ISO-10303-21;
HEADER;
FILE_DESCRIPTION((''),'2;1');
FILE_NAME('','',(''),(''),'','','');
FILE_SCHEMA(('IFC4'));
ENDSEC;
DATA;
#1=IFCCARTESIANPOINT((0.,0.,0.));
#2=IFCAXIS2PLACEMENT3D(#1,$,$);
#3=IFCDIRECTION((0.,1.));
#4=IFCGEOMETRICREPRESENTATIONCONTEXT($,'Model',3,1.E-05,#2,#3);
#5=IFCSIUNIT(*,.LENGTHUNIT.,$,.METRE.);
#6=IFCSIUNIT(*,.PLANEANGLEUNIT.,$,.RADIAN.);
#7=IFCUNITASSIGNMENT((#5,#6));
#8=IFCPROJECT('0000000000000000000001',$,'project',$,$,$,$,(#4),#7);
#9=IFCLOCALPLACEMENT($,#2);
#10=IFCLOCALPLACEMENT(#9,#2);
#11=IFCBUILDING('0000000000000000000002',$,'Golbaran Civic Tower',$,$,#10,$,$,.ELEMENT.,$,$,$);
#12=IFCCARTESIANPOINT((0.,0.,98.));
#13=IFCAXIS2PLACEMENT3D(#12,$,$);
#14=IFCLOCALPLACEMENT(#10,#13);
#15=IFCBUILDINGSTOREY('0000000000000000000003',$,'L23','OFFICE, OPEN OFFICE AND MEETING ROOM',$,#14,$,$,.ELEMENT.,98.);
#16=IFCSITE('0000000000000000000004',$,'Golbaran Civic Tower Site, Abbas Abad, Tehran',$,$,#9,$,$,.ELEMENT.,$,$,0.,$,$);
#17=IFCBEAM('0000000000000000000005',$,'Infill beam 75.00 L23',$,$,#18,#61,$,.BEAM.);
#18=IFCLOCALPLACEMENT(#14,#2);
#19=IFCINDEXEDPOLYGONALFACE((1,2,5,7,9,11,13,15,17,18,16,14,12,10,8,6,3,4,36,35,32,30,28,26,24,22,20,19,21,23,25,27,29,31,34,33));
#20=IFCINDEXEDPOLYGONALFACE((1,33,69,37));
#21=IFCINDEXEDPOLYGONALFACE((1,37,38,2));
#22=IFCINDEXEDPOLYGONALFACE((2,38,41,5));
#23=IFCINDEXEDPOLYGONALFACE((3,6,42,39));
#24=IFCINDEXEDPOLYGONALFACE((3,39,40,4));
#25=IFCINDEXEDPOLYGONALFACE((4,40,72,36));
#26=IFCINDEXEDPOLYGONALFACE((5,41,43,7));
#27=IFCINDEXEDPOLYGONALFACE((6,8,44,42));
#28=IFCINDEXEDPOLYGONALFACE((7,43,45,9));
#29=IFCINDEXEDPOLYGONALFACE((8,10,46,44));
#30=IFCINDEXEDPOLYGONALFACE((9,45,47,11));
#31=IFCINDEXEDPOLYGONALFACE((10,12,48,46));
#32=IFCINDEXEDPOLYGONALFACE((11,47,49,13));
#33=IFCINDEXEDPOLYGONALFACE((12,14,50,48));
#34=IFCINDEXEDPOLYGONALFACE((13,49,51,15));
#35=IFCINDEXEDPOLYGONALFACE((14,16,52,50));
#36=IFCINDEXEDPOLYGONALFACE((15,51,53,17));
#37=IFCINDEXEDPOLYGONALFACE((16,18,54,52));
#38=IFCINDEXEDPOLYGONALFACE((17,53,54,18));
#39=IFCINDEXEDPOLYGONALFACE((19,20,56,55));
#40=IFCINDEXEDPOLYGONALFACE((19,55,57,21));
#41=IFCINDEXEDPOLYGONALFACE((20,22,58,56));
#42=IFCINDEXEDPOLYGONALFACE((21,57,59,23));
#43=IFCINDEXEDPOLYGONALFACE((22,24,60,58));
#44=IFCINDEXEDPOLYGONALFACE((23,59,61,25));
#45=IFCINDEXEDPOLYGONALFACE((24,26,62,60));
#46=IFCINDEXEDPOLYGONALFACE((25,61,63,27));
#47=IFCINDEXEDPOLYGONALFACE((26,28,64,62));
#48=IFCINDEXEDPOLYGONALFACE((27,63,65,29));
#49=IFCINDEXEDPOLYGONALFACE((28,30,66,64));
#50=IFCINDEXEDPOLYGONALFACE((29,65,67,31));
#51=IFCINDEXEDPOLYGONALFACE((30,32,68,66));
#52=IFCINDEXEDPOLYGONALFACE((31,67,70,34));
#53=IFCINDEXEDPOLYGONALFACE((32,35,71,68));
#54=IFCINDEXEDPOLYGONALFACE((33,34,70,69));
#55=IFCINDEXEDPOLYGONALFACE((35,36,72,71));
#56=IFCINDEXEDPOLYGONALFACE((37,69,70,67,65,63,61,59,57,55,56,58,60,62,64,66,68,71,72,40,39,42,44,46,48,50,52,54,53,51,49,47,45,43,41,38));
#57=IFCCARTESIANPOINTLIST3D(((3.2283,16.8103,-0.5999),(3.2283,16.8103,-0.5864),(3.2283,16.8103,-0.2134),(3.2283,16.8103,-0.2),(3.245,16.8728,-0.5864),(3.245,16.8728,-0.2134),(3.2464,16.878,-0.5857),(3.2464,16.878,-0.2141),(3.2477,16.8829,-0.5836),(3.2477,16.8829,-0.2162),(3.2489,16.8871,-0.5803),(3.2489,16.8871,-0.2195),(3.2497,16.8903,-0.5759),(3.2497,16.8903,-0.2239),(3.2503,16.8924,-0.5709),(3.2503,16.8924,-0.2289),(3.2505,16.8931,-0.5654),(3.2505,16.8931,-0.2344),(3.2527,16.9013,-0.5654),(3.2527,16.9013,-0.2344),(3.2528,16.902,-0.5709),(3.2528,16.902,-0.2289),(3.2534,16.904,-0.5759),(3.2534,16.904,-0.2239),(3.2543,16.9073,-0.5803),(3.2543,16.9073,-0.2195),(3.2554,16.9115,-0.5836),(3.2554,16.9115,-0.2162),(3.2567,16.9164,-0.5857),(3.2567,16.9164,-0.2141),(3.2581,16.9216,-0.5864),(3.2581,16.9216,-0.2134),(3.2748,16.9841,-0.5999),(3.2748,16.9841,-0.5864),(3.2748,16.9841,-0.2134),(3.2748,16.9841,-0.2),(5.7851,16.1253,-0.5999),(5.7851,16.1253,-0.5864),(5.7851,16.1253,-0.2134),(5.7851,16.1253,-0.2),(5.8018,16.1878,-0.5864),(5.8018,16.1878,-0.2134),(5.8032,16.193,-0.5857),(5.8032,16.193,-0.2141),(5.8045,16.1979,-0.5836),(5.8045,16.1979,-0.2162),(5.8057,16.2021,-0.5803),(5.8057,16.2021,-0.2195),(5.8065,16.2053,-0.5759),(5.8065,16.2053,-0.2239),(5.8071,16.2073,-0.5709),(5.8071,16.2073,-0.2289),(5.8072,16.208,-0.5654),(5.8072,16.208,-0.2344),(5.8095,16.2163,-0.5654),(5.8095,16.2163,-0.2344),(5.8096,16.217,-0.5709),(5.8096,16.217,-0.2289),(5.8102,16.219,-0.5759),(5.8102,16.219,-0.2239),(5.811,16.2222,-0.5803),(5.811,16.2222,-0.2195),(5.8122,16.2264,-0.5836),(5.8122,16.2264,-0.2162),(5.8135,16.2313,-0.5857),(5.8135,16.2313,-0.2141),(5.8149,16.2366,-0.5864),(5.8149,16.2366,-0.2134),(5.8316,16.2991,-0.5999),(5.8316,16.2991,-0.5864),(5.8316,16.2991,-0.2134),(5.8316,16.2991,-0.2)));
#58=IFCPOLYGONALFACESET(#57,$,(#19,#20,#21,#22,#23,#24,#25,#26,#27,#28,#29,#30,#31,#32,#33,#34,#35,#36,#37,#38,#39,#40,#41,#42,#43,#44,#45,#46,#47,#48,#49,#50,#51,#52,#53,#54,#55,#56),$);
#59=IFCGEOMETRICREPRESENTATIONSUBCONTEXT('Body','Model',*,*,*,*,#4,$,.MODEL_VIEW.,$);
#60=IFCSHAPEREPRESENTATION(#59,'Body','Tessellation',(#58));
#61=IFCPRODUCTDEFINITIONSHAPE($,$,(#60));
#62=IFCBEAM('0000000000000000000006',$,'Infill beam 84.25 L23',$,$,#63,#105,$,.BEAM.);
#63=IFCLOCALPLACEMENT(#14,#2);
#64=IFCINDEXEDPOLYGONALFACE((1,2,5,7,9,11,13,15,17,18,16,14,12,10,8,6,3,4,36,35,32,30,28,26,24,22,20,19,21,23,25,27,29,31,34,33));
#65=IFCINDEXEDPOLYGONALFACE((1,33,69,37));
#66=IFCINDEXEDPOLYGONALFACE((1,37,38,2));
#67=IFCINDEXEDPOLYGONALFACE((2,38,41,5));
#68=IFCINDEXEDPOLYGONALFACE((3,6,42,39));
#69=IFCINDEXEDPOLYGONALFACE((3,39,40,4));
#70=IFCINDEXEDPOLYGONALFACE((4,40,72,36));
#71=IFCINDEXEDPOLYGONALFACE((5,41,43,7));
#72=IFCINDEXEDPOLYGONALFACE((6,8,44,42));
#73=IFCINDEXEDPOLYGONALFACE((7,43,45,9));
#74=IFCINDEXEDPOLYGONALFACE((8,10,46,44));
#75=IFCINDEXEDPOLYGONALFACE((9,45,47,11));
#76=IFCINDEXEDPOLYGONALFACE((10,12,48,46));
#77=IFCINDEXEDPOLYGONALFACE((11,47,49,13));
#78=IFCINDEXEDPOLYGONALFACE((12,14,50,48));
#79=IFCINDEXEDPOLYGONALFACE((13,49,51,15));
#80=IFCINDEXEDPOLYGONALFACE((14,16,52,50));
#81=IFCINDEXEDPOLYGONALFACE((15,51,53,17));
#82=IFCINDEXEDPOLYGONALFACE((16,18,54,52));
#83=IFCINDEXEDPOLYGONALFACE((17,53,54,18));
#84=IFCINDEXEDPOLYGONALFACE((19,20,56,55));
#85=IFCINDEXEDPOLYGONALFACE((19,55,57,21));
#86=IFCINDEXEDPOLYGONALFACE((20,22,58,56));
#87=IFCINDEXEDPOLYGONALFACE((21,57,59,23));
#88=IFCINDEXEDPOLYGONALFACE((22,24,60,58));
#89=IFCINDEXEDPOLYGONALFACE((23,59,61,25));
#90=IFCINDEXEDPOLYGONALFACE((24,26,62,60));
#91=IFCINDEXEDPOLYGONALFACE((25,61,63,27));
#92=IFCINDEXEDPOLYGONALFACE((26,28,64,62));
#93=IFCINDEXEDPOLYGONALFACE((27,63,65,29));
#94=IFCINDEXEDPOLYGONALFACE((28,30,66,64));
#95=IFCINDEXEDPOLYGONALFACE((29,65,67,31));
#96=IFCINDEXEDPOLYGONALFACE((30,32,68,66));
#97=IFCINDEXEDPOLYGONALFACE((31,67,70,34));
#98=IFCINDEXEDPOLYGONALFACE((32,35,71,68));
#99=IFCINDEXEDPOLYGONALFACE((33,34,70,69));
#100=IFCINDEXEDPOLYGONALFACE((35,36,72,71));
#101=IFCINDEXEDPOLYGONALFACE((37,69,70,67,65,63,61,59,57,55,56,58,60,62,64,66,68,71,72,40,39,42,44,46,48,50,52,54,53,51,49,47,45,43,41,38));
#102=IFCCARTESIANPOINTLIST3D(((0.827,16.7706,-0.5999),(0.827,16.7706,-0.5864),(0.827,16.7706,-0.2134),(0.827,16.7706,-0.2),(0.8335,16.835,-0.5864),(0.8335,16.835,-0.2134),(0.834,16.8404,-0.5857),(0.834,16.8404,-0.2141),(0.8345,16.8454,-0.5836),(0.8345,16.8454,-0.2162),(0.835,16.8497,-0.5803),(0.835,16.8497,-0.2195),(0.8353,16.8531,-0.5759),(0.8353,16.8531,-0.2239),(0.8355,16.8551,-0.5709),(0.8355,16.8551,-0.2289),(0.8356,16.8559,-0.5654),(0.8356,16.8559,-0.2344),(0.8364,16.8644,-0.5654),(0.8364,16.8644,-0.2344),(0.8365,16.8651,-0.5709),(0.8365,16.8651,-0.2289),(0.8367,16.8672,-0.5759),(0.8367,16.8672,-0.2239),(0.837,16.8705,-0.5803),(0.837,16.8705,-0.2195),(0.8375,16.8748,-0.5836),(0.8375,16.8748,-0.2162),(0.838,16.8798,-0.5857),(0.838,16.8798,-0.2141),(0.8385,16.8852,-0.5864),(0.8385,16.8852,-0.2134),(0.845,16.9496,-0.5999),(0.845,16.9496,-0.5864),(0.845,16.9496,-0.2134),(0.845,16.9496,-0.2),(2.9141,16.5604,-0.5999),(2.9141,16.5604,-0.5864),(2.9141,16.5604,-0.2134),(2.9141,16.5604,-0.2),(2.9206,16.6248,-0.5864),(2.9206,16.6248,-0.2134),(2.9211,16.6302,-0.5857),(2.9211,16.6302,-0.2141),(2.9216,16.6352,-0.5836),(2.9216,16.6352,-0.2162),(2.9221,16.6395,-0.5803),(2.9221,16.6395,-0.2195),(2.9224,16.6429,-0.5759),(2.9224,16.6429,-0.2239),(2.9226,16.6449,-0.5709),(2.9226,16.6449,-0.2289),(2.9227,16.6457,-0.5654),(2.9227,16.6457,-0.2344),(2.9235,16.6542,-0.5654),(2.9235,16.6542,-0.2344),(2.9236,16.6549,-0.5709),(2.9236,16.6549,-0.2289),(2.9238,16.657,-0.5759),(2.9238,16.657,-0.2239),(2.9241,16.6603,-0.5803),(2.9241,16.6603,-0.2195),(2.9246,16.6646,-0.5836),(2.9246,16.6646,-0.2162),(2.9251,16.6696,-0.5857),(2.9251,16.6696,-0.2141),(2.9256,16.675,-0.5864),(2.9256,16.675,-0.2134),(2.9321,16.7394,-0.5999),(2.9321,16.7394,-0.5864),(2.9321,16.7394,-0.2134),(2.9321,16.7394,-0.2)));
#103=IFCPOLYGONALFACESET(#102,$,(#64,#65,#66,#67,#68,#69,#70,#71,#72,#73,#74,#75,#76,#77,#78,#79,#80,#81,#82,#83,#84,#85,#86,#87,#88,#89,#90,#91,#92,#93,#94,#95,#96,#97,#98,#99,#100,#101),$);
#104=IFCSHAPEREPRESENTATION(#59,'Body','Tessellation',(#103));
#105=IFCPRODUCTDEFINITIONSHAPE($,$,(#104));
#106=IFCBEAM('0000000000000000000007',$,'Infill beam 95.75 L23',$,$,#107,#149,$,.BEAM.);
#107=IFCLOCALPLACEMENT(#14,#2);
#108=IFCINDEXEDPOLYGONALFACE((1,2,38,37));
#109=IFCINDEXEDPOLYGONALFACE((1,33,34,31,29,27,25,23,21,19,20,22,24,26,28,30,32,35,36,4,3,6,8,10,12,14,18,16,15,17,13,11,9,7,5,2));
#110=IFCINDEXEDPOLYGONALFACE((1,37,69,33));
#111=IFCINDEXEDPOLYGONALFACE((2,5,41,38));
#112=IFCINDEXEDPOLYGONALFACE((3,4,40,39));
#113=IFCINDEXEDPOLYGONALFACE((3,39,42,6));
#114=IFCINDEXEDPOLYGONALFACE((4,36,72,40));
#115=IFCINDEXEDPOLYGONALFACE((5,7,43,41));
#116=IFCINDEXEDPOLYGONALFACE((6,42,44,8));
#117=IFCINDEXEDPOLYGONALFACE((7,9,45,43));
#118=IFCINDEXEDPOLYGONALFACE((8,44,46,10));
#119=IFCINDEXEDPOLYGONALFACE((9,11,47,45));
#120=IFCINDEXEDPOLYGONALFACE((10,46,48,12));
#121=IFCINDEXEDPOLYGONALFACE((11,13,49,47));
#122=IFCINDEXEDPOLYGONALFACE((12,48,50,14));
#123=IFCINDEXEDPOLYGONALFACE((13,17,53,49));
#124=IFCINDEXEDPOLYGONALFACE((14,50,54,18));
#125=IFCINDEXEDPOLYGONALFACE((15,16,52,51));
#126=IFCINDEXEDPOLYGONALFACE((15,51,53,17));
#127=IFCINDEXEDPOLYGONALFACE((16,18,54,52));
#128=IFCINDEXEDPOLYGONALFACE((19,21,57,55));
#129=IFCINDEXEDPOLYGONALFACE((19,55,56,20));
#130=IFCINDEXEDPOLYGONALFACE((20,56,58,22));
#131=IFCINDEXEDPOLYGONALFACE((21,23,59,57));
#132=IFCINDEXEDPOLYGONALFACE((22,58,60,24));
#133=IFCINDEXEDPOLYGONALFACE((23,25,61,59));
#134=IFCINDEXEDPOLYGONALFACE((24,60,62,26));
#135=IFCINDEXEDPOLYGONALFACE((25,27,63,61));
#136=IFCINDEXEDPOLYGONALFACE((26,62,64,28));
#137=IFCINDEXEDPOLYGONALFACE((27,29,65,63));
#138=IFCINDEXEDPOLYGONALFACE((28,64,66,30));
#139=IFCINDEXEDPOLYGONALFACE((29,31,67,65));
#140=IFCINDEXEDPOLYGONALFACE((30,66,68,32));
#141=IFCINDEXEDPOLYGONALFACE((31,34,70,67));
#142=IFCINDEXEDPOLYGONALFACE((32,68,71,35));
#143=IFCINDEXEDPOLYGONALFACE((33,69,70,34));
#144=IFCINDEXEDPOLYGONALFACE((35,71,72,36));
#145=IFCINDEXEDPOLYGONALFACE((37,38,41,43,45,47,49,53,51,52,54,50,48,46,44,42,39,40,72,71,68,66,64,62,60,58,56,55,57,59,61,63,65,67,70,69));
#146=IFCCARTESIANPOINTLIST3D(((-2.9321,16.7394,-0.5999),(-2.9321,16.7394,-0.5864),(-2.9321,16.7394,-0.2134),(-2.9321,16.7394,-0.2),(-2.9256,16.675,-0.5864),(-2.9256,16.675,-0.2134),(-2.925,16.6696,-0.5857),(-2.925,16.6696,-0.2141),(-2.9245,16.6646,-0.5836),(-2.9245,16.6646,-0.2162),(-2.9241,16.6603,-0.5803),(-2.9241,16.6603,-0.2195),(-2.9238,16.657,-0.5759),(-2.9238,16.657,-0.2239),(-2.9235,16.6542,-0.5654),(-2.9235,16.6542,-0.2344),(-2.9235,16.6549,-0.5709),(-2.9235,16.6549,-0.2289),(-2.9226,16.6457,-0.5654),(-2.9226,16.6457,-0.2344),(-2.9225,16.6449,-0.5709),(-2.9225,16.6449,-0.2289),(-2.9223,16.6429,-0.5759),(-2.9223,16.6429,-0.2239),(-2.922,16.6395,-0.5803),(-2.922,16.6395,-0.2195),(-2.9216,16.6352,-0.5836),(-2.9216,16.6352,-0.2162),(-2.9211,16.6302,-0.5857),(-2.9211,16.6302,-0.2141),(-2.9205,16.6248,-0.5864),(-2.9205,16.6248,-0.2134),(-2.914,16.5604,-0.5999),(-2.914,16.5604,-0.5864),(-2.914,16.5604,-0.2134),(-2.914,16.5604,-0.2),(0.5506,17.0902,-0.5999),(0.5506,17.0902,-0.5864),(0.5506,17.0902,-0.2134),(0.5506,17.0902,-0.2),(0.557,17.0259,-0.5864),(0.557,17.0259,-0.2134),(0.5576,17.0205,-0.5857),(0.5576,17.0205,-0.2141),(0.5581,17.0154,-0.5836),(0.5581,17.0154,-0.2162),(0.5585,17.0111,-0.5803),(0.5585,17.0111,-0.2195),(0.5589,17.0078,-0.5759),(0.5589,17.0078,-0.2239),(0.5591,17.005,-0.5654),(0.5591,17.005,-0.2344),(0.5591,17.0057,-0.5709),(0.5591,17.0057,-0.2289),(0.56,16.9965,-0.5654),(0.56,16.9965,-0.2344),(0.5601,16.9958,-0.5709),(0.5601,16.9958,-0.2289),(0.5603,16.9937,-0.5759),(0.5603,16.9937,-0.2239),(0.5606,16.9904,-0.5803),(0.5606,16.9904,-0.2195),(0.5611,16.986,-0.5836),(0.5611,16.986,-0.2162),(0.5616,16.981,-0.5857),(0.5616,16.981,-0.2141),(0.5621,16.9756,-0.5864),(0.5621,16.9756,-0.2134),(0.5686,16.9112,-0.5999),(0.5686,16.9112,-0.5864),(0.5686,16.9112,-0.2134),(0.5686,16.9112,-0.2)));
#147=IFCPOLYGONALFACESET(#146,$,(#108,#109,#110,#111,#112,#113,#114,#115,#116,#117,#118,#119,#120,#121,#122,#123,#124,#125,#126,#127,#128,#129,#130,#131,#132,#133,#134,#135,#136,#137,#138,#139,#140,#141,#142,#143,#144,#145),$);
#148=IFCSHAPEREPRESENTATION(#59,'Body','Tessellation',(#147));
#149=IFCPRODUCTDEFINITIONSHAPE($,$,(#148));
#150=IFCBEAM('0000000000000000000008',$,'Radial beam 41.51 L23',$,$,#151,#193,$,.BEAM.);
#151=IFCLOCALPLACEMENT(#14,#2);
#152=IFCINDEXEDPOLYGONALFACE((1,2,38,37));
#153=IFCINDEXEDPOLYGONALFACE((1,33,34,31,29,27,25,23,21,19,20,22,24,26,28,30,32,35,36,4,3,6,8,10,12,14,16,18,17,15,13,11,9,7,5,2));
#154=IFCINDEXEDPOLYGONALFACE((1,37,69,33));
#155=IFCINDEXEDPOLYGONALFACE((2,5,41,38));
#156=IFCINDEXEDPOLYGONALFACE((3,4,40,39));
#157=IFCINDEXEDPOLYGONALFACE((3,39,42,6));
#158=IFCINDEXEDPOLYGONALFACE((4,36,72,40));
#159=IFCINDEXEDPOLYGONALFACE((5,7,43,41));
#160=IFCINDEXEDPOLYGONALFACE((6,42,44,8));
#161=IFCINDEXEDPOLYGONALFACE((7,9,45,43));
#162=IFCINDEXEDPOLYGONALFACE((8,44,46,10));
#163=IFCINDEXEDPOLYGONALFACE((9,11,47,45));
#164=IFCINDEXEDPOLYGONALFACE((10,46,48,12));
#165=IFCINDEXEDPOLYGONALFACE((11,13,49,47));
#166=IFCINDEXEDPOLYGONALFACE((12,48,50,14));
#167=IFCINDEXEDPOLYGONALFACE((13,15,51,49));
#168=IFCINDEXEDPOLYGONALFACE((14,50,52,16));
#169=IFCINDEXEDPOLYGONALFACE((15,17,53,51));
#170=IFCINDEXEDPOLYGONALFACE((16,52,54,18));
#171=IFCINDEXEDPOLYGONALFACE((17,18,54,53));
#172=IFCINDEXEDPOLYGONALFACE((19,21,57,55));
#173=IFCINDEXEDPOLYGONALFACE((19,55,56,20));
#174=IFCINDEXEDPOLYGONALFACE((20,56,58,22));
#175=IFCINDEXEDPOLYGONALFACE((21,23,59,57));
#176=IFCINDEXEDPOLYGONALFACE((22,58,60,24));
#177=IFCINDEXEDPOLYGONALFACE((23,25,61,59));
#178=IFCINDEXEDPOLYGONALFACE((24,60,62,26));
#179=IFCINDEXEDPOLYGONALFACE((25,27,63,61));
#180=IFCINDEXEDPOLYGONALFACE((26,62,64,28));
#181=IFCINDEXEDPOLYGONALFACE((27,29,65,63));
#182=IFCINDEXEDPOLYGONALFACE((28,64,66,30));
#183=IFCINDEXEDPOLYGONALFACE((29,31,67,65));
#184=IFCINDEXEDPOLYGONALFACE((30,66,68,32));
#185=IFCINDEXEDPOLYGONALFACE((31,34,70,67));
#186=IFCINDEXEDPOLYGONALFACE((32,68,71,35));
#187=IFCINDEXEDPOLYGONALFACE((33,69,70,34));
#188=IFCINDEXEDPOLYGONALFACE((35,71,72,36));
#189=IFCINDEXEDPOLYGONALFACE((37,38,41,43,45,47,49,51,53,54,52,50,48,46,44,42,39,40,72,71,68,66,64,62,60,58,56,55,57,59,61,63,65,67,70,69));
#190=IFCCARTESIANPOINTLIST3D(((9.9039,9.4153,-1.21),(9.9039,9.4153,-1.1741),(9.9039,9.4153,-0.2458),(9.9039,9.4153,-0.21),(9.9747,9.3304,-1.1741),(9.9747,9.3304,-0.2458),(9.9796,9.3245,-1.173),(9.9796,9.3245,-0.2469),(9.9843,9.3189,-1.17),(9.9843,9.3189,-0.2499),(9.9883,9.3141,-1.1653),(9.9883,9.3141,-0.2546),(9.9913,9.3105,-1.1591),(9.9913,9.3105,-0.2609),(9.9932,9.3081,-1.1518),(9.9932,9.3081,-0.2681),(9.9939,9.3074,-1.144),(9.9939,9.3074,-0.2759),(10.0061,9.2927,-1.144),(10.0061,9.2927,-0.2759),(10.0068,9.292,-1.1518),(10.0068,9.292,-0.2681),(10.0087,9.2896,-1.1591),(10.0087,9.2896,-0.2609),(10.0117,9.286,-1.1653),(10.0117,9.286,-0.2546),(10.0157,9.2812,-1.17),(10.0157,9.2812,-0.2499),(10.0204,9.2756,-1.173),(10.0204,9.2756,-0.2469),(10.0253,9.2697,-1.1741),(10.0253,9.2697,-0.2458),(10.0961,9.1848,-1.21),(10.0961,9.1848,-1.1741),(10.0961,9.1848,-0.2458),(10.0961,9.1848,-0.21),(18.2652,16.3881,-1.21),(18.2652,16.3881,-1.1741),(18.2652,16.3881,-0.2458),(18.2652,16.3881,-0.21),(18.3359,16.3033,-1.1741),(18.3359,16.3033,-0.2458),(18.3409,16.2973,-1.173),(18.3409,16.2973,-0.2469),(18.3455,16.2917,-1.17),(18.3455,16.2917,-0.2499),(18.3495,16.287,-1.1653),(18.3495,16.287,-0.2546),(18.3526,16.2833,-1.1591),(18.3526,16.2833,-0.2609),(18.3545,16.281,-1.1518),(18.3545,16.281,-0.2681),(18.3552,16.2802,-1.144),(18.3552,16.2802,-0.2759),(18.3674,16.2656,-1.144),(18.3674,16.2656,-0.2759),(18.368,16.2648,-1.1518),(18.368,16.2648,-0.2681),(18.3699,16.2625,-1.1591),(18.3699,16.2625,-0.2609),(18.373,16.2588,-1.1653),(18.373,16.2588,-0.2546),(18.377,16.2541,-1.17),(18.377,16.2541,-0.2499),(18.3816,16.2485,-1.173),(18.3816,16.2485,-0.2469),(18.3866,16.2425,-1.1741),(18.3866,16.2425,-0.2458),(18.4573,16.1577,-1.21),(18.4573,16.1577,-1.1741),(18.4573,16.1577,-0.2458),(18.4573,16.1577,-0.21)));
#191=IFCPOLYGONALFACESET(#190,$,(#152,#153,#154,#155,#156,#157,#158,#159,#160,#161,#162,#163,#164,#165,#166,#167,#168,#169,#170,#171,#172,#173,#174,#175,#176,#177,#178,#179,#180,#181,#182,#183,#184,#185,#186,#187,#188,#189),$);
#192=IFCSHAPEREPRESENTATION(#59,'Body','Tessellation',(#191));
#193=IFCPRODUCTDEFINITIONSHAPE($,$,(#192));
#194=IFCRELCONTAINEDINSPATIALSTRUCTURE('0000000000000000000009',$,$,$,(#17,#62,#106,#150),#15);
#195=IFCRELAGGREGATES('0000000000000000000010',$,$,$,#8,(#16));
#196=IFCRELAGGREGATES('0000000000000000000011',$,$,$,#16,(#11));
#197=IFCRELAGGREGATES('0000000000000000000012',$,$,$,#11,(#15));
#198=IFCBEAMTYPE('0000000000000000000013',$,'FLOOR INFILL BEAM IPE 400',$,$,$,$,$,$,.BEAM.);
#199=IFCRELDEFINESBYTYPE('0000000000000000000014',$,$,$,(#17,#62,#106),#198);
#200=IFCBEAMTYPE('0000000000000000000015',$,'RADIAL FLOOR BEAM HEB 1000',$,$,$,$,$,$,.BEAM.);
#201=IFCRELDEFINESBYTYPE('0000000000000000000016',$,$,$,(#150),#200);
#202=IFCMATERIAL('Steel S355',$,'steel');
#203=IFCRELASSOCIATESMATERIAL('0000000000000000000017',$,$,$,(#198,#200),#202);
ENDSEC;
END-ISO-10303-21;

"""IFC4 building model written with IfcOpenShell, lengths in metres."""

from ifc_helpers import new_model, si_unit, direction, frame, origin, origin_2d, place, context, subcontext, project, spatial, i_section, extrude, material, material_profile, profile_set, type_object, element, save


model = new_model("IFC4")

# Units and contexts
model_context = context("Model", 3, precision=1e-05, world=origin(), true_north=direction((0.0, 1.0)))
body_context = subcontext(model_context, "Body", "Model", "MODEL_VIEW")
ifc_project = project(units=[si_unit("LENGTHUNIT", "METRE"), si_unit("PLANEANGLEUNIT", "RADIAN")], contexts=[model_context])

# Site, building, storey
site_placement = place(None, origin())
site = spatial("IfcSite", under=ifc_project, at=site_placement, Name="Golbaran Civic Tower Site, Abbas Abad, Tehran", CompositionType="ELEMENT", RefElevation=0.0)
building_placement = place(site_placement, origin())
building = spatial("IfcBuilding", under=site, at=building_placement, Name="Golbaran Civic Tower", CompositionType="ELEMENT")
storey_placement = place(building_placement, frame((0.0, 0.0, 98.0)))
storey = spatial("IfcBuildingStorey", under=building, at=storey_placement, Name="L23", Description="OFFICE, OPEN OFFICE AND MEETING ROOM", CompositionType="ELEMENT", Elevation=98.0)

# Beams
ifc_material_1 = material(Name="Steel S355", Category="steel")
ifc_material_profile_1 = material_profile(ifc_material_1, i_section(OverallWidth=0.1799, OverallDepth=0.3999, WebThickness=0.0085, FlangeThickness=0.0134, FilletRadius=0.021, at=origin_2d()), Name="IPE 400")
ifc_profile_set_1 = profile_set([ifc_material_profile_1], Name="Steel S355")
beam_type_1 = type_object("IfcBeamType", Name="FLOOR INFILL BEAM IPE 400", PredefinedType="BEAM", material=ifc_profile_set_1)
beam_1_placement = place(storey_placement, frame((5.8083, 16.2122, -0.3999), z_axis=(-0.965931, 0.258799, 0.0), x_axis=(-0.258799, -0.965931, 0.0)))
element("IfcBeam", 1, at=beam_1_placement, inside=storey, type_object=beam_type_1, Name="Infill beam 75.00 L23", PredefinedType="BEAM", context=body_context, shape_type="SweptSolid", body=[
    extrude(i_section(OverallWidth=0.1799, OverallDepth=0.3999, WebThickness=0.0085, FlangeThickness=0.0134, FilletRadius=0.021, at=origin_2d()), origin(), (0.0, 0.0, 1.0), 2.647),
])
beam_2_placement = place(storey_placement, frame((2.9231, 16.6499, -0.3999), z_axis=(-0.994967, 0.100207, 0.0), x_axis=(-0.100207, -0.994967, 0.0)))
element("IfcBeam", 2, at=beam_2_placement, inside=storey, type_object=beam_type_1, Name="Infill beam 84.25 L23", PredefinedType="BEAM", context=body_context, shape_type="SweptSolid", body=[
    extrude(i_section(OverallWidth=0.1799, OverallDepth=0.3999, WebThickness=0.0085, FlangeThickness=0.0134, FilletRadius=0.021, at=origin_2d()), origin(), (0.0, 0.0, 1.0), 2.0977),
])
beam_3_placement = place(storey_placement, frame((0.5596, 17.0007, -0.3999), z_axis=(-0.994964, -0.100229, 0.0), x_axis=(0.100229, -0.994964, 0.0)))
element("IfcBeam", 3, at=beam_3_placement, inside=storey, type_object=beam_type_1, Name="Infill beam 95.75 L23", PredefinedType="BEAM", context=body_context, shape_type="SweptSolid", body=[
    extrude(i_section(OverallWidth=0.1799, OverallDepth=0.3999, WebThickness=0.0085, FlangeThickness=0.0134, FilletRadius=0.021, at=origin_2d()), origin(), (0.0, 0.0, 1.0), 3.5002),
])
ifc_material_profile_2 = material_profile(ifc_material_1, i_section(OverallWidth=0.3, OverallDepth=1.0, WebThickness=0.019, FlangeThickness=0.0359, FilletRadius=0.03, at=origin_2d()), Name="HEB 1000")
ifc_profile_set_2 = profile_set([ifc_material_profile_2], Name="Steel S355")
beam_type_2 = type_object("IfcBeamType", Name="RADIAL FLOOR BEAM HEB 1000", PredefinedType="BEAM", material=ifc_profile_set_2)
beam_4_placement = place(storey_placement, frame((10.0, 9.3, -0.71), z_axis=(0.76799, 0.640462, 0.0), x_axis=(-0.640462, 0.76799, 0.0)))
element("IfcBeam", 4, at=beam_4_placement, inside=storey, type_object=beam_type_2, Name="Radial beam 41.51 L23", PredefinedType="BEAM", context=body_context, shape_type="SweptSolid", body=[
    extrude(i_section(OverallWidth=0.3, OverallDepth=1.0, WebThickness=0.019, FlangeThickness=0.0359, FilletRadius=0.03, at=origin_2d()), origin(), (0.0, 0.0, 1.0), 10.8872),
])

save(model, "model.ifc")
